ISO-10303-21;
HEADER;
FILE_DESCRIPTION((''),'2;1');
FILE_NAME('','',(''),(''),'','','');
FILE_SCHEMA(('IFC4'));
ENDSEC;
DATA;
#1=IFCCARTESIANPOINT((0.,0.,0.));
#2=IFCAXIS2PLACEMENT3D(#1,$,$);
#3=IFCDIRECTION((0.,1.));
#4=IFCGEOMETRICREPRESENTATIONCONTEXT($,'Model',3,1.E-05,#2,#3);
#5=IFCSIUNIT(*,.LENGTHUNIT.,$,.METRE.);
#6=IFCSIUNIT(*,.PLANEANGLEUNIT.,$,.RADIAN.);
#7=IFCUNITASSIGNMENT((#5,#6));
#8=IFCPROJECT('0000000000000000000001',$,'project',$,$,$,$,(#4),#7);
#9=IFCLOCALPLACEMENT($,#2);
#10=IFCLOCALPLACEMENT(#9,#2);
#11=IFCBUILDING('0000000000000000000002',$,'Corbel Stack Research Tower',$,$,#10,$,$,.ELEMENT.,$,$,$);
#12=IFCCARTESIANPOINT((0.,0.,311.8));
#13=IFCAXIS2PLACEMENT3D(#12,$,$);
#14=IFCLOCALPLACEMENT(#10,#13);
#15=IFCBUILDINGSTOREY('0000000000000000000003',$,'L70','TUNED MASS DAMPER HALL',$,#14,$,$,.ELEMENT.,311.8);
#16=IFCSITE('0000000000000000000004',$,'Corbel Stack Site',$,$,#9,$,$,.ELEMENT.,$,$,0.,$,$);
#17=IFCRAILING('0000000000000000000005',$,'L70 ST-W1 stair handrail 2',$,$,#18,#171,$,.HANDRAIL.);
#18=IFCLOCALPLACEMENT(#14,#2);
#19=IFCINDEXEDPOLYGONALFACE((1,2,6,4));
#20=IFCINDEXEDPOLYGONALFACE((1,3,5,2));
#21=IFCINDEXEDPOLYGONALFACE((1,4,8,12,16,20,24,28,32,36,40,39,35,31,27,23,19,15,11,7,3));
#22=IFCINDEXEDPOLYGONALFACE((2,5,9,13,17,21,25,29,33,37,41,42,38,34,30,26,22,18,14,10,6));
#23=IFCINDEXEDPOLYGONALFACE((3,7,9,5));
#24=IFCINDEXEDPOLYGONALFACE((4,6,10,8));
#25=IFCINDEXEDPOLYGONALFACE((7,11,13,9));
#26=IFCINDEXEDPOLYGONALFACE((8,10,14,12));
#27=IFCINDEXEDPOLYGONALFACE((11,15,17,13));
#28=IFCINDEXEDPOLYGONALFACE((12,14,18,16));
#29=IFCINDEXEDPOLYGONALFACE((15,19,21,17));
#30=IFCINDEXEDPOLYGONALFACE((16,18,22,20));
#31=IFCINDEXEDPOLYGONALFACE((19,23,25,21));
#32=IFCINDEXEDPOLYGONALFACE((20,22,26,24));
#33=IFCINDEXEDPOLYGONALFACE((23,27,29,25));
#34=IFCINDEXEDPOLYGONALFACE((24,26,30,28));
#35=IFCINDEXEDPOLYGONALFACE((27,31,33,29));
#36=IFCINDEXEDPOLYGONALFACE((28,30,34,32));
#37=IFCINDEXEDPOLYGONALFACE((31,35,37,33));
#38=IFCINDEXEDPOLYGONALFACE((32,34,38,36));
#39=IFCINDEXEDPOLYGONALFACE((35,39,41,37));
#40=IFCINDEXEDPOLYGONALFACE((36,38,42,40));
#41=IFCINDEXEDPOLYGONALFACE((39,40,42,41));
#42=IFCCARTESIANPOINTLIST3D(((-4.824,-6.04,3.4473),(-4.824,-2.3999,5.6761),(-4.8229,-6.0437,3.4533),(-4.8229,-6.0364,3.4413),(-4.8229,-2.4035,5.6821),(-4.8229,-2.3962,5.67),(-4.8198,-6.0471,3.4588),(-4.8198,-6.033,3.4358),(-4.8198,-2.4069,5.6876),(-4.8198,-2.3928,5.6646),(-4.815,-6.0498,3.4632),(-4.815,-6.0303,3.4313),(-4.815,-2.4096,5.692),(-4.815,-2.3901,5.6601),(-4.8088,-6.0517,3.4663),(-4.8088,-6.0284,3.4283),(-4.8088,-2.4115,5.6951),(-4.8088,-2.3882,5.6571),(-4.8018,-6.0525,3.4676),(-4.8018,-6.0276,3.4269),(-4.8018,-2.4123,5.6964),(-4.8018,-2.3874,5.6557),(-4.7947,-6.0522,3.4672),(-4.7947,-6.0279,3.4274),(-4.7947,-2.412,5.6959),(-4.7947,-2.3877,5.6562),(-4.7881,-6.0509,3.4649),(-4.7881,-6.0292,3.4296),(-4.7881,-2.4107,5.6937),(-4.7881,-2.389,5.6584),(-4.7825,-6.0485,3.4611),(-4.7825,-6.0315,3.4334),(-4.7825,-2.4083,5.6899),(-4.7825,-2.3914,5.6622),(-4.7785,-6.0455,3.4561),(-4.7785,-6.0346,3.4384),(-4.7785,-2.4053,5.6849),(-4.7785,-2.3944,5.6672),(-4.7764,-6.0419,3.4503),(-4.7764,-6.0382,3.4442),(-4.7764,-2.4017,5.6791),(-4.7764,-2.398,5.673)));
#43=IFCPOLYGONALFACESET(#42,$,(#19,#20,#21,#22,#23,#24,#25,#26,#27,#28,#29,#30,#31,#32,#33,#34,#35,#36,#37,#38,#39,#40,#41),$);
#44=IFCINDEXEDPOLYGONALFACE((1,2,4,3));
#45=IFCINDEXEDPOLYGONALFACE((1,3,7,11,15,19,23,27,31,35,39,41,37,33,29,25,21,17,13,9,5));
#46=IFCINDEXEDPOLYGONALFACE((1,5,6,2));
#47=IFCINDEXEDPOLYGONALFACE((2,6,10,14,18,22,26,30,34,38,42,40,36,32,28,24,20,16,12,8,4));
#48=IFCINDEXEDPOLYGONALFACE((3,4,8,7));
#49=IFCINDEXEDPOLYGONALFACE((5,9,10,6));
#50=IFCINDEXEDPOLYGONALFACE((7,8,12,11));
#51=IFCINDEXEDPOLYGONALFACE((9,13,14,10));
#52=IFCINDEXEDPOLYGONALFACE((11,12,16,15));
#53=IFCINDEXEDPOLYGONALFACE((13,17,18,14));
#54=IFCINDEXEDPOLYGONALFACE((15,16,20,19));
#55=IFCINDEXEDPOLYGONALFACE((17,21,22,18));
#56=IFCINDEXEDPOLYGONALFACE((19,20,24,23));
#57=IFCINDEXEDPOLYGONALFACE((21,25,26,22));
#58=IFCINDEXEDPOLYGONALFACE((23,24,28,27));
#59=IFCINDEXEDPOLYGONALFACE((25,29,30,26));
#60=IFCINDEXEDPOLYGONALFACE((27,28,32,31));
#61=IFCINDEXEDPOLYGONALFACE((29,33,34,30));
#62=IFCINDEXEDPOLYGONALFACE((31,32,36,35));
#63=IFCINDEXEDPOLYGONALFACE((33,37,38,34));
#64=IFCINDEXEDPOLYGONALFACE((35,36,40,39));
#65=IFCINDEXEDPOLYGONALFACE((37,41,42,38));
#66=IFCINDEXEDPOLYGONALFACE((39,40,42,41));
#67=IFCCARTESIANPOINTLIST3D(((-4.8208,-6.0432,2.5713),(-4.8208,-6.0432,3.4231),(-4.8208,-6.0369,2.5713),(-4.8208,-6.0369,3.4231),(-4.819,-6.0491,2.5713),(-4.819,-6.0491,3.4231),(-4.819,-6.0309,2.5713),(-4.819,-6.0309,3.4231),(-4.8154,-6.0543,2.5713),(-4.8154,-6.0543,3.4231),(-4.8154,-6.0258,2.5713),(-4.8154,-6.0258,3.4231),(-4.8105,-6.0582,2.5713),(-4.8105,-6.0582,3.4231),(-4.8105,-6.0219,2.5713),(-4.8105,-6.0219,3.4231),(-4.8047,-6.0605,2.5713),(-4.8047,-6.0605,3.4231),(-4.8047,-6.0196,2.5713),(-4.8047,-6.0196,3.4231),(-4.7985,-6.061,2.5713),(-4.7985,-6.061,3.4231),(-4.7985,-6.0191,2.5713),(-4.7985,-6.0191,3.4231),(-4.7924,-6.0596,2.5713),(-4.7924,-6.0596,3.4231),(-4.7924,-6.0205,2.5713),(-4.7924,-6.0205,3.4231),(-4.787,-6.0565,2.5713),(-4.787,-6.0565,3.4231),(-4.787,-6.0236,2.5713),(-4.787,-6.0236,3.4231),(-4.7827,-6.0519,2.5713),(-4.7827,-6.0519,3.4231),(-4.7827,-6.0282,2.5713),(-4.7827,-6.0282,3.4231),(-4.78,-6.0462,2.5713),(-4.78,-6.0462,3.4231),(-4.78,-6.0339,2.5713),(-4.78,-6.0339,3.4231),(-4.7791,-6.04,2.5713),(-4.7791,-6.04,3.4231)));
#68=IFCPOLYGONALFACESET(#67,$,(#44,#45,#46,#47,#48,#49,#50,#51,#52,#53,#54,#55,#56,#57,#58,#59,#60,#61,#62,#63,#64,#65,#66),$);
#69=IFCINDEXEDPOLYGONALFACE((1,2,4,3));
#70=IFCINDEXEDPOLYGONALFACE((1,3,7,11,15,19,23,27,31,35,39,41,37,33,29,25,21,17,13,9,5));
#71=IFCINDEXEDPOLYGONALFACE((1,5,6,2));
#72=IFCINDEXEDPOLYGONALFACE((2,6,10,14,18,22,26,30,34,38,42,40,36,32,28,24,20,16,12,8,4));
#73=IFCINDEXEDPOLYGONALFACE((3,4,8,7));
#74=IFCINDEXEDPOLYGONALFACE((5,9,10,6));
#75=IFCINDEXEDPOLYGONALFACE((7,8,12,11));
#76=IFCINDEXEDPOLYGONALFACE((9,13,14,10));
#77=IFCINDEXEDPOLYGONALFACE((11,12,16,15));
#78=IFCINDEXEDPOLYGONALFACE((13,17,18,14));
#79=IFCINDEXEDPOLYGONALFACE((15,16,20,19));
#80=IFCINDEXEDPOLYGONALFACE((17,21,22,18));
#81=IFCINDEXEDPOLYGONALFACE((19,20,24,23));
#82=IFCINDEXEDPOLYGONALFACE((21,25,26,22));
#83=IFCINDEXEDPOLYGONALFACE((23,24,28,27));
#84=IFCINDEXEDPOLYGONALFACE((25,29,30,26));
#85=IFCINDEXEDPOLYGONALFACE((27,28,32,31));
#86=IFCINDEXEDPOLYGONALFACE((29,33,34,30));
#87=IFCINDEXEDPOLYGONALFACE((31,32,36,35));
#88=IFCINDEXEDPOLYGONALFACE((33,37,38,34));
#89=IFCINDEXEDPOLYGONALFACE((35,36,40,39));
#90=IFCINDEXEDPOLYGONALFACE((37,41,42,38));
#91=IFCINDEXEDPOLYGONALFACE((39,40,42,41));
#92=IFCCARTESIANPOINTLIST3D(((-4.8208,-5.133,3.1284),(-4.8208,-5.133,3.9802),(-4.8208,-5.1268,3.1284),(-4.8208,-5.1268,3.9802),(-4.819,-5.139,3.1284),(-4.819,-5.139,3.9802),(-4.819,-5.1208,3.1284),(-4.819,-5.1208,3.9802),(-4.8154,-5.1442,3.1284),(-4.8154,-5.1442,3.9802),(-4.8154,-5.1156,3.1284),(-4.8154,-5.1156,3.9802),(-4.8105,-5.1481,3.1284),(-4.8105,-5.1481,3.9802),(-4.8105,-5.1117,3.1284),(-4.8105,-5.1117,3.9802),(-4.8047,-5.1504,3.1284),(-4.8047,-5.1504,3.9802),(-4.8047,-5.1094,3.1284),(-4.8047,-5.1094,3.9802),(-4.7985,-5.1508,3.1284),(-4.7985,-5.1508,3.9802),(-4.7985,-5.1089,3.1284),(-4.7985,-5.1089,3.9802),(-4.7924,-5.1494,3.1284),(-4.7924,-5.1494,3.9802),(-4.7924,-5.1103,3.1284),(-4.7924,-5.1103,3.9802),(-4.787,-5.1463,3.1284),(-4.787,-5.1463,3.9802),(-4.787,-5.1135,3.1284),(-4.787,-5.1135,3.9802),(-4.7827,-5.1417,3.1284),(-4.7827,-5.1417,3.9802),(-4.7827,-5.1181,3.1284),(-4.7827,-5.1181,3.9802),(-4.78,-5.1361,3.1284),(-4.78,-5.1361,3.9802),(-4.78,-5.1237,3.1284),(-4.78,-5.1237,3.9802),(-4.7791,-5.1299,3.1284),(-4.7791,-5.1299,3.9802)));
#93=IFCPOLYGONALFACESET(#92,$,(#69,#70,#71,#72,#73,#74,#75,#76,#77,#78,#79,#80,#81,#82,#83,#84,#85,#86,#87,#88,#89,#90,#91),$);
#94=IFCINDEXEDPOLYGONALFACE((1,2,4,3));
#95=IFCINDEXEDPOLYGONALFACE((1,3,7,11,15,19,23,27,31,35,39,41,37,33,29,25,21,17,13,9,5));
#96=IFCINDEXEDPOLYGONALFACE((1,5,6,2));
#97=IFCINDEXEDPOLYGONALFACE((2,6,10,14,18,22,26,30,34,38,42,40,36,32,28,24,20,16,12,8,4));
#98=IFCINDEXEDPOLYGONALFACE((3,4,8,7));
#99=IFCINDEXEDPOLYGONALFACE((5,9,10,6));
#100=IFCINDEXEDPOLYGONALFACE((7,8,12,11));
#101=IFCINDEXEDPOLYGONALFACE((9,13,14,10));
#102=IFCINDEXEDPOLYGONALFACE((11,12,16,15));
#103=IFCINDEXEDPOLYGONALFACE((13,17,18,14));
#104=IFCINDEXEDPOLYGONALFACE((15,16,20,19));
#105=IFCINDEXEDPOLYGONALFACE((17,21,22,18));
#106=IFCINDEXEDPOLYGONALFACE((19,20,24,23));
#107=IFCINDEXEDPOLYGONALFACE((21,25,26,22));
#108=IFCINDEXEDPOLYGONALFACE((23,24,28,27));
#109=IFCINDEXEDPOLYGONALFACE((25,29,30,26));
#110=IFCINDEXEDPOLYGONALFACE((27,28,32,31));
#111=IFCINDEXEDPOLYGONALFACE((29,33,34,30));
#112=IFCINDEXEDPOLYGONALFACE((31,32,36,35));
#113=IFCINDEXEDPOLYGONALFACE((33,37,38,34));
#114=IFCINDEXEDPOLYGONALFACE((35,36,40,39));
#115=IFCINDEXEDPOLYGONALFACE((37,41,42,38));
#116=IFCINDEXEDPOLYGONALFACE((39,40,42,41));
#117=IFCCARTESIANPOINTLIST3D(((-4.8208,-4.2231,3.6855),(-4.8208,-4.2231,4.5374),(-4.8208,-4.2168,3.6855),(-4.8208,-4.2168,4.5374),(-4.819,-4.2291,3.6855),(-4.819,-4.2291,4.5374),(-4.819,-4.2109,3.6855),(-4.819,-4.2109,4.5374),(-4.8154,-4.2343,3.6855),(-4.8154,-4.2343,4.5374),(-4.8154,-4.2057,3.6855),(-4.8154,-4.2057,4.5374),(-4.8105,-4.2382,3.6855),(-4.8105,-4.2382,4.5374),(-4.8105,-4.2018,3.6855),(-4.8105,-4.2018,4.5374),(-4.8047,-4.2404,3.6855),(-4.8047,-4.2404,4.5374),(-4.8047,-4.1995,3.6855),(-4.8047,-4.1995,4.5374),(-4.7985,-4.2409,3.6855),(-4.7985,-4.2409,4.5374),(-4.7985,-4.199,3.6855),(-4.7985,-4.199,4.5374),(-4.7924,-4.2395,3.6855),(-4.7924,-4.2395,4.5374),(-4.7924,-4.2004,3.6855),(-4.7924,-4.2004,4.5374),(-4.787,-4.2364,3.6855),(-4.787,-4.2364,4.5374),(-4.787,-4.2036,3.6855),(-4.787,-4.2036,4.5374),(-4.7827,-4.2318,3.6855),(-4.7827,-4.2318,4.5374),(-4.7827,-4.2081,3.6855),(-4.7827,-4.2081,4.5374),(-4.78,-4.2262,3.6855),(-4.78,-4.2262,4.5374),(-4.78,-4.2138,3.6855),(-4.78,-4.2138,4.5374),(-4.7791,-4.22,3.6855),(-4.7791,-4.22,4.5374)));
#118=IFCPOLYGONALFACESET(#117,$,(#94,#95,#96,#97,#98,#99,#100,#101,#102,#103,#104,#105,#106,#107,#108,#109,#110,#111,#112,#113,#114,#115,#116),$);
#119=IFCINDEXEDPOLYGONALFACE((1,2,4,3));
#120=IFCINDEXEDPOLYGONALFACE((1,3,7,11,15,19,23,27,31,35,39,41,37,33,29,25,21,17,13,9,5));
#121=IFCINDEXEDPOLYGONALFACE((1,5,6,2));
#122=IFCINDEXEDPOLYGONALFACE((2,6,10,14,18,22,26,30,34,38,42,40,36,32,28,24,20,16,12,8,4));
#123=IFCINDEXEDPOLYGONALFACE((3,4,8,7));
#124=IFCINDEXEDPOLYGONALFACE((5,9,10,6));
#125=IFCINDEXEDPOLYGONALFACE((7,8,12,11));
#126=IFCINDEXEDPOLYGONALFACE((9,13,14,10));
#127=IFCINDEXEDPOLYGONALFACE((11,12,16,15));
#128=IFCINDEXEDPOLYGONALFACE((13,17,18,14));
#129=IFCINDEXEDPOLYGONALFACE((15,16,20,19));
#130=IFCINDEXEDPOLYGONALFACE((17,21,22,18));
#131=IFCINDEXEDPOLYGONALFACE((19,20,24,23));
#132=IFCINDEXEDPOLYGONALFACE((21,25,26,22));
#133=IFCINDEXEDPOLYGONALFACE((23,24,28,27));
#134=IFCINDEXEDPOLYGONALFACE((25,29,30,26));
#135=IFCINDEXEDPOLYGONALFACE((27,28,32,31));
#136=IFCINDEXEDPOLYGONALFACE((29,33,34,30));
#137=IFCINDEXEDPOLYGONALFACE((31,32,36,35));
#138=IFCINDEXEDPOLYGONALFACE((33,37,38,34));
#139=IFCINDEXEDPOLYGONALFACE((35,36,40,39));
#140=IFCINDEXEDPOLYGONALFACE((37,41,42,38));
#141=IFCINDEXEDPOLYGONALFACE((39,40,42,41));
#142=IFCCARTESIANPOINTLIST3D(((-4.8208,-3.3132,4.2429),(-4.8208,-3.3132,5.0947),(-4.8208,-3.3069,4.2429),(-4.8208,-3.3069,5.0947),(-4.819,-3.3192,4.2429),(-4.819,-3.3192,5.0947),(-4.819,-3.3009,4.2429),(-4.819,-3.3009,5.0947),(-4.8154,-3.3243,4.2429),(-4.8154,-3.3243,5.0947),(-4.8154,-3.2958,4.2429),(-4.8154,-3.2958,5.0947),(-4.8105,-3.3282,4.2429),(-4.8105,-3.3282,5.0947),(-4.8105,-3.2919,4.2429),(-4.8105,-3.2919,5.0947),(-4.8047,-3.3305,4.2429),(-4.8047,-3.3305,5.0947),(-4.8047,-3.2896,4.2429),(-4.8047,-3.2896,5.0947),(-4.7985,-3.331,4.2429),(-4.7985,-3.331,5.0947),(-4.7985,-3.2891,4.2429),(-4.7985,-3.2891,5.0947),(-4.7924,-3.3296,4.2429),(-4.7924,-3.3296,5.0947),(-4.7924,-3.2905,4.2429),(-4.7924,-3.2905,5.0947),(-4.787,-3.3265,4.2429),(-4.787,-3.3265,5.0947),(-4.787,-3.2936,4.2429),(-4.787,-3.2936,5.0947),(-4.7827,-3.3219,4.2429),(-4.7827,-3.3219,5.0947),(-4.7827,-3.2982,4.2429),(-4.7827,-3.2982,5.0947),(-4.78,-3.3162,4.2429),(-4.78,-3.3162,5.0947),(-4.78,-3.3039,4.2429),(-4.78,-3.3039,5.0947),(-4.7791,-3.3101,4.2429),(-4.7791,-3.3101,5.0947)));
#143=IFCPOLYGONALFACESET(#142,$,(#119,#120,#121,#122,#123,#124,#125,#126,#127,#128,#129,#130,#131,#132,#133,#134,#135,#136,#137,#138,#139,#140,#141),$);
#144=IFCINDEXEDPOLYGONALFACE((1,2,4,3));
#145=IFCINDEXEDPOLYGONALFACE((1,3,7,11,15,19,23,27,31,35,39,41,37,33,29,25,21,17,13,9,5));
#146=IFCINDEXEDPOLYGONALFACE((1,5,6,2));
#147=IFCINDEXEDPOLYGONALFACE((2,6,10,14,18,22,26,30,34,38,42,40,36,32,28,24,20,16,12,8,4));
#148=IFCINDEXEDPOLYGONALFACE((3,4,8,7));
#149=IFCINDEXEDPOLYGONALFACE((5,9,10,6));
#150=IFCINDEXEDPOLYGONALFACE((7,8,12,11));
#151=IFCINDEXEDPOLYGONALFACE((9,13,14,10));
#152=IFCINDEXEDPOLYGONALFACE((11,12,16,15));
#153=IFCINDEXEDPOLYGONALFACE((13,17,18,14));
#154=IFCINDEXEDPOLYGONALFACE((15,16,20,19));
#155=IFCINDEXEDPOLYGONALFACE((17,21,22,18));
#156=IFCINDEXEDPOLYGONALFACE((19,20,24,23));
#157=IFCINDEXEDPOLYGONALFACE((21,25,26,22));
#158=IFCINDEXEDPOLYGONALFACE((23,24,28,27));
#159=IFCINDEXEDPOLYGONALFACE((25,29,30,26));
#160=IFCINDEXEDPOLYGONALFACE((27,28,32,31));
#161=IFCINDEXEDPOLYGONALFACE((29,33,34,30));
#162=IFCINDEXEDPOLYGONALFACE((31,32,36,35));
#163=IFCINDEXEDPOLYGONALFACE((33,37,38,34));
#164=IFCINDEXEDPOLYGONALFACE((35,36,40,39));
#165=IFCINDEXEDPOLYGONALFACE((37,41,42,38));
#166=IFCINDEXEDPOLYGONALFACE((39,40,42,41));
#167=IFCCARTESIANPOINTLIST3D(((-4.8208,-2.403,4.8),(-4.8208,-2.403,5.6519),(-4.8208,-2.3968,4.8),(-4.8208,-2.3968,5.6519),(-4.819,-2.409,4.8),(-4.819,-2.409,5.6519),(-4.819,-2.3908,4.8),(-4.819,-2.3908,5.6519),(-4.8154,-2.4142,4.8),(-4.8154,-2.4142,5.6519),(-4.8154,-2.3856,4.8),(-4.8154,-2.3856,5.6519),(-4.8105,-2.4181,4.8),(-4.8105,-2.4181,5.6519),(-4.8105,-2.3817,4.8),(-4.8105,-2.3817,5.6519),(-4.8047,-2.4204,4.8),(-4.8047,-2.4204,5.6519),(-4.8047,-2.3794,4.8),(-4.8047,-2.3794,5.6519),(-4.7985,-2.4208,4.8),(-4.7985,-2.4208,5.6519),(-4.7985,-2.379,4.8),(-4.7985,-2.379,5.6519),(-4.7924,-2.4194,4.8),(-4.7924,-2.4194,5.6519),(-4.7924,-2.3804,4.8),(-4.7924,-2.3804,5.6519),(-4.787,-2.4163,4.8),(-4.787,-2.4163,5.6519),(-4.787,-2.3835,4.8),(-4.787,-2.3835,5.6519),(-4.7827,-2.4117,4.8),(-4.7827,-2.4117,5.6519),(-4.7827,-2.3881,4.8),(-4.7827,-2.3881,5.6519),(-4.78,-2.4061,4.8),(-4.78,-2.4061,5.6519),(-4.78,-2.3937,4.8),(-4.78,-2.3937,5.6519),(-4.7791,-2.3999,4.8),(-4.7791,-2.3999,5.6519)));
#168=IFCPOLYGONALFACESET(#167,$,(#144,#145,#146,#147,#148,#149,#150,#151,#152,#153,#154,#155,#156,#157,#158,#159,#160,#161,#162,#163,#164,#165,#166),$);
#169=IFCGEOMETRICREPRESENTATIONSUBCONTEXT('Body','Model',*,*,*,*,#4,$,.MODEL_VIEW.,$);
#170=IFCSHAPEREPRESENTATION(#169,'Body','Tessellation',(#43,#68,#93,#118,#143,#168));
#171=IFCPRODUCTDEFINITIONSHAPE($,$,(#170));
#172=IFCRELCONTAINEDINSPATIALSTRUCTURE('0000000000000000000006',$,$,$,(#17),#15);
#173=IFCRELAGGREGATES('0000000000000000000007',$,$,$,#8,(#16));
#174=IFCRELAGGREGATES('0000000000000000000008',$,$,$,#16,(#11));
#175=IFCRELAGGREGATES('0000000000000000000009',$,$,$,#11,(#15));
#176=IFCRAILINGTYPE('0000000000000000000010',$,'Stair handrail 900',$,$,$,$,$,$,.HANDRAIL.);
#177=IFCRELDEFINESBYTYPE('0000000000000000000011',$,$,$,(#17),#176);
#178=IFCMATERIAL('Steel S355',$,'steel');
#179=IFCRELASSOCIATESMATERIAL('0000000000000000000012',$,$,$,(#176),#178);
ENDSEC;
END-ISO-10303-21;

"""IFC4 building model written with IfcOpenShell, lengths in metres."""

from ifc_helpers import new_model, si_unit, direction, frame, origin, origin_2d, place, context, subcontext, project, spatial, circle, extrude, material, type_object, element, save


model = new_model("IFC4")

# Units and contexts
model_context = context("Model", 3, precision=1e-05, world=origin(), true_north=direction((0.0, 1.0)))
body_context = subcontext(model_context, "Body", "Model", "MODEL_VIEW")
ifc_project = project(units=[si_unit("LENGTHUNIT", "METRE"), si_unit("PLANEANGLEUNIT", "RADIAN")], contexts=[model_context])

# Site, building, storey
site_placement = place(None, origin())
site = spatial("IfcSite", under=ifc_project, at=site_placement, Name="Corbel Stack Site", CompositionType="ELEMENT", RefElevation=0.0)
building_placement = place(site_placement, origin())
building = spatial("IfcBuilding", under=site, at=building_placement, Name="Corbel Stack Research Tower", CompositionType="ELEMENT")
storey_placement = place(building_placement, frame((0.0, 0.0, 311.8)))
storey = spatial("IfcBuildingStorey", under=building, at=storey_placement, Name="L70", Description="TUNED MASS DAMPER HALL", CompositionType="ELEMENT", Elevation=311.8)

# Railing
ifc_material_1 = material(Name="Steel S355", Category="steel")
railing_type_1 = type_object("IfcRailingType", Name="Stair handrail 900", PredefinedType="HANDRAIL", material=ifc_material_1)
railing_1_placement = place(storey_placement, frame((-4.8, -6.04, 2.5713)))
element("IfcRailing", 1, at=railing_1_placement, inside=storey, type_object=railing_type_1, Name="L70 ST-W1 stair handrail 2", PredefinedType="HANDRAIL", context=body_context, shape_type="SweptSolid", body=[
    extrude(circle(Radius=0.0239, at=origin_2d()), frame((0.0, 0.0, 0.876), z_axis=(0.0, 0.85284, 0.522172), x_axis=(-1.0, 0.0, 0.0)), (0.0, 0.0, 1.0), 4.2683),
    extrude(circle(Radius=0.021, at=origin_2d()), origin(), (0.0, 0.0, 1.0), 0.8518),
    extrude(circle(Radius=0.021, at=origin_2d()), frame((0.0, 0.9102, 0.5571)), (0.0, 0.0, 1.0), 0.8518),
    extrude(circle(Radius=0.021, at=origin_2d()), frame((0.0, 1.8201, 1.1143)), (0.0, 0.0, 1.0), 0.8518),
    extrude(circle(Radius=0.021, at=origin_2d()), frame((0.0, 2.73, 1.6716)), (0.0, 0.0, 1.0), 0.8518),
    extrude(circle(Radius=0.021, at=origin_2d()), frame((0.0, 3.6401, 2.2288)), (0.0, 0.0, 1.0), 0.8518),
])

save(model, "model.ifc")
